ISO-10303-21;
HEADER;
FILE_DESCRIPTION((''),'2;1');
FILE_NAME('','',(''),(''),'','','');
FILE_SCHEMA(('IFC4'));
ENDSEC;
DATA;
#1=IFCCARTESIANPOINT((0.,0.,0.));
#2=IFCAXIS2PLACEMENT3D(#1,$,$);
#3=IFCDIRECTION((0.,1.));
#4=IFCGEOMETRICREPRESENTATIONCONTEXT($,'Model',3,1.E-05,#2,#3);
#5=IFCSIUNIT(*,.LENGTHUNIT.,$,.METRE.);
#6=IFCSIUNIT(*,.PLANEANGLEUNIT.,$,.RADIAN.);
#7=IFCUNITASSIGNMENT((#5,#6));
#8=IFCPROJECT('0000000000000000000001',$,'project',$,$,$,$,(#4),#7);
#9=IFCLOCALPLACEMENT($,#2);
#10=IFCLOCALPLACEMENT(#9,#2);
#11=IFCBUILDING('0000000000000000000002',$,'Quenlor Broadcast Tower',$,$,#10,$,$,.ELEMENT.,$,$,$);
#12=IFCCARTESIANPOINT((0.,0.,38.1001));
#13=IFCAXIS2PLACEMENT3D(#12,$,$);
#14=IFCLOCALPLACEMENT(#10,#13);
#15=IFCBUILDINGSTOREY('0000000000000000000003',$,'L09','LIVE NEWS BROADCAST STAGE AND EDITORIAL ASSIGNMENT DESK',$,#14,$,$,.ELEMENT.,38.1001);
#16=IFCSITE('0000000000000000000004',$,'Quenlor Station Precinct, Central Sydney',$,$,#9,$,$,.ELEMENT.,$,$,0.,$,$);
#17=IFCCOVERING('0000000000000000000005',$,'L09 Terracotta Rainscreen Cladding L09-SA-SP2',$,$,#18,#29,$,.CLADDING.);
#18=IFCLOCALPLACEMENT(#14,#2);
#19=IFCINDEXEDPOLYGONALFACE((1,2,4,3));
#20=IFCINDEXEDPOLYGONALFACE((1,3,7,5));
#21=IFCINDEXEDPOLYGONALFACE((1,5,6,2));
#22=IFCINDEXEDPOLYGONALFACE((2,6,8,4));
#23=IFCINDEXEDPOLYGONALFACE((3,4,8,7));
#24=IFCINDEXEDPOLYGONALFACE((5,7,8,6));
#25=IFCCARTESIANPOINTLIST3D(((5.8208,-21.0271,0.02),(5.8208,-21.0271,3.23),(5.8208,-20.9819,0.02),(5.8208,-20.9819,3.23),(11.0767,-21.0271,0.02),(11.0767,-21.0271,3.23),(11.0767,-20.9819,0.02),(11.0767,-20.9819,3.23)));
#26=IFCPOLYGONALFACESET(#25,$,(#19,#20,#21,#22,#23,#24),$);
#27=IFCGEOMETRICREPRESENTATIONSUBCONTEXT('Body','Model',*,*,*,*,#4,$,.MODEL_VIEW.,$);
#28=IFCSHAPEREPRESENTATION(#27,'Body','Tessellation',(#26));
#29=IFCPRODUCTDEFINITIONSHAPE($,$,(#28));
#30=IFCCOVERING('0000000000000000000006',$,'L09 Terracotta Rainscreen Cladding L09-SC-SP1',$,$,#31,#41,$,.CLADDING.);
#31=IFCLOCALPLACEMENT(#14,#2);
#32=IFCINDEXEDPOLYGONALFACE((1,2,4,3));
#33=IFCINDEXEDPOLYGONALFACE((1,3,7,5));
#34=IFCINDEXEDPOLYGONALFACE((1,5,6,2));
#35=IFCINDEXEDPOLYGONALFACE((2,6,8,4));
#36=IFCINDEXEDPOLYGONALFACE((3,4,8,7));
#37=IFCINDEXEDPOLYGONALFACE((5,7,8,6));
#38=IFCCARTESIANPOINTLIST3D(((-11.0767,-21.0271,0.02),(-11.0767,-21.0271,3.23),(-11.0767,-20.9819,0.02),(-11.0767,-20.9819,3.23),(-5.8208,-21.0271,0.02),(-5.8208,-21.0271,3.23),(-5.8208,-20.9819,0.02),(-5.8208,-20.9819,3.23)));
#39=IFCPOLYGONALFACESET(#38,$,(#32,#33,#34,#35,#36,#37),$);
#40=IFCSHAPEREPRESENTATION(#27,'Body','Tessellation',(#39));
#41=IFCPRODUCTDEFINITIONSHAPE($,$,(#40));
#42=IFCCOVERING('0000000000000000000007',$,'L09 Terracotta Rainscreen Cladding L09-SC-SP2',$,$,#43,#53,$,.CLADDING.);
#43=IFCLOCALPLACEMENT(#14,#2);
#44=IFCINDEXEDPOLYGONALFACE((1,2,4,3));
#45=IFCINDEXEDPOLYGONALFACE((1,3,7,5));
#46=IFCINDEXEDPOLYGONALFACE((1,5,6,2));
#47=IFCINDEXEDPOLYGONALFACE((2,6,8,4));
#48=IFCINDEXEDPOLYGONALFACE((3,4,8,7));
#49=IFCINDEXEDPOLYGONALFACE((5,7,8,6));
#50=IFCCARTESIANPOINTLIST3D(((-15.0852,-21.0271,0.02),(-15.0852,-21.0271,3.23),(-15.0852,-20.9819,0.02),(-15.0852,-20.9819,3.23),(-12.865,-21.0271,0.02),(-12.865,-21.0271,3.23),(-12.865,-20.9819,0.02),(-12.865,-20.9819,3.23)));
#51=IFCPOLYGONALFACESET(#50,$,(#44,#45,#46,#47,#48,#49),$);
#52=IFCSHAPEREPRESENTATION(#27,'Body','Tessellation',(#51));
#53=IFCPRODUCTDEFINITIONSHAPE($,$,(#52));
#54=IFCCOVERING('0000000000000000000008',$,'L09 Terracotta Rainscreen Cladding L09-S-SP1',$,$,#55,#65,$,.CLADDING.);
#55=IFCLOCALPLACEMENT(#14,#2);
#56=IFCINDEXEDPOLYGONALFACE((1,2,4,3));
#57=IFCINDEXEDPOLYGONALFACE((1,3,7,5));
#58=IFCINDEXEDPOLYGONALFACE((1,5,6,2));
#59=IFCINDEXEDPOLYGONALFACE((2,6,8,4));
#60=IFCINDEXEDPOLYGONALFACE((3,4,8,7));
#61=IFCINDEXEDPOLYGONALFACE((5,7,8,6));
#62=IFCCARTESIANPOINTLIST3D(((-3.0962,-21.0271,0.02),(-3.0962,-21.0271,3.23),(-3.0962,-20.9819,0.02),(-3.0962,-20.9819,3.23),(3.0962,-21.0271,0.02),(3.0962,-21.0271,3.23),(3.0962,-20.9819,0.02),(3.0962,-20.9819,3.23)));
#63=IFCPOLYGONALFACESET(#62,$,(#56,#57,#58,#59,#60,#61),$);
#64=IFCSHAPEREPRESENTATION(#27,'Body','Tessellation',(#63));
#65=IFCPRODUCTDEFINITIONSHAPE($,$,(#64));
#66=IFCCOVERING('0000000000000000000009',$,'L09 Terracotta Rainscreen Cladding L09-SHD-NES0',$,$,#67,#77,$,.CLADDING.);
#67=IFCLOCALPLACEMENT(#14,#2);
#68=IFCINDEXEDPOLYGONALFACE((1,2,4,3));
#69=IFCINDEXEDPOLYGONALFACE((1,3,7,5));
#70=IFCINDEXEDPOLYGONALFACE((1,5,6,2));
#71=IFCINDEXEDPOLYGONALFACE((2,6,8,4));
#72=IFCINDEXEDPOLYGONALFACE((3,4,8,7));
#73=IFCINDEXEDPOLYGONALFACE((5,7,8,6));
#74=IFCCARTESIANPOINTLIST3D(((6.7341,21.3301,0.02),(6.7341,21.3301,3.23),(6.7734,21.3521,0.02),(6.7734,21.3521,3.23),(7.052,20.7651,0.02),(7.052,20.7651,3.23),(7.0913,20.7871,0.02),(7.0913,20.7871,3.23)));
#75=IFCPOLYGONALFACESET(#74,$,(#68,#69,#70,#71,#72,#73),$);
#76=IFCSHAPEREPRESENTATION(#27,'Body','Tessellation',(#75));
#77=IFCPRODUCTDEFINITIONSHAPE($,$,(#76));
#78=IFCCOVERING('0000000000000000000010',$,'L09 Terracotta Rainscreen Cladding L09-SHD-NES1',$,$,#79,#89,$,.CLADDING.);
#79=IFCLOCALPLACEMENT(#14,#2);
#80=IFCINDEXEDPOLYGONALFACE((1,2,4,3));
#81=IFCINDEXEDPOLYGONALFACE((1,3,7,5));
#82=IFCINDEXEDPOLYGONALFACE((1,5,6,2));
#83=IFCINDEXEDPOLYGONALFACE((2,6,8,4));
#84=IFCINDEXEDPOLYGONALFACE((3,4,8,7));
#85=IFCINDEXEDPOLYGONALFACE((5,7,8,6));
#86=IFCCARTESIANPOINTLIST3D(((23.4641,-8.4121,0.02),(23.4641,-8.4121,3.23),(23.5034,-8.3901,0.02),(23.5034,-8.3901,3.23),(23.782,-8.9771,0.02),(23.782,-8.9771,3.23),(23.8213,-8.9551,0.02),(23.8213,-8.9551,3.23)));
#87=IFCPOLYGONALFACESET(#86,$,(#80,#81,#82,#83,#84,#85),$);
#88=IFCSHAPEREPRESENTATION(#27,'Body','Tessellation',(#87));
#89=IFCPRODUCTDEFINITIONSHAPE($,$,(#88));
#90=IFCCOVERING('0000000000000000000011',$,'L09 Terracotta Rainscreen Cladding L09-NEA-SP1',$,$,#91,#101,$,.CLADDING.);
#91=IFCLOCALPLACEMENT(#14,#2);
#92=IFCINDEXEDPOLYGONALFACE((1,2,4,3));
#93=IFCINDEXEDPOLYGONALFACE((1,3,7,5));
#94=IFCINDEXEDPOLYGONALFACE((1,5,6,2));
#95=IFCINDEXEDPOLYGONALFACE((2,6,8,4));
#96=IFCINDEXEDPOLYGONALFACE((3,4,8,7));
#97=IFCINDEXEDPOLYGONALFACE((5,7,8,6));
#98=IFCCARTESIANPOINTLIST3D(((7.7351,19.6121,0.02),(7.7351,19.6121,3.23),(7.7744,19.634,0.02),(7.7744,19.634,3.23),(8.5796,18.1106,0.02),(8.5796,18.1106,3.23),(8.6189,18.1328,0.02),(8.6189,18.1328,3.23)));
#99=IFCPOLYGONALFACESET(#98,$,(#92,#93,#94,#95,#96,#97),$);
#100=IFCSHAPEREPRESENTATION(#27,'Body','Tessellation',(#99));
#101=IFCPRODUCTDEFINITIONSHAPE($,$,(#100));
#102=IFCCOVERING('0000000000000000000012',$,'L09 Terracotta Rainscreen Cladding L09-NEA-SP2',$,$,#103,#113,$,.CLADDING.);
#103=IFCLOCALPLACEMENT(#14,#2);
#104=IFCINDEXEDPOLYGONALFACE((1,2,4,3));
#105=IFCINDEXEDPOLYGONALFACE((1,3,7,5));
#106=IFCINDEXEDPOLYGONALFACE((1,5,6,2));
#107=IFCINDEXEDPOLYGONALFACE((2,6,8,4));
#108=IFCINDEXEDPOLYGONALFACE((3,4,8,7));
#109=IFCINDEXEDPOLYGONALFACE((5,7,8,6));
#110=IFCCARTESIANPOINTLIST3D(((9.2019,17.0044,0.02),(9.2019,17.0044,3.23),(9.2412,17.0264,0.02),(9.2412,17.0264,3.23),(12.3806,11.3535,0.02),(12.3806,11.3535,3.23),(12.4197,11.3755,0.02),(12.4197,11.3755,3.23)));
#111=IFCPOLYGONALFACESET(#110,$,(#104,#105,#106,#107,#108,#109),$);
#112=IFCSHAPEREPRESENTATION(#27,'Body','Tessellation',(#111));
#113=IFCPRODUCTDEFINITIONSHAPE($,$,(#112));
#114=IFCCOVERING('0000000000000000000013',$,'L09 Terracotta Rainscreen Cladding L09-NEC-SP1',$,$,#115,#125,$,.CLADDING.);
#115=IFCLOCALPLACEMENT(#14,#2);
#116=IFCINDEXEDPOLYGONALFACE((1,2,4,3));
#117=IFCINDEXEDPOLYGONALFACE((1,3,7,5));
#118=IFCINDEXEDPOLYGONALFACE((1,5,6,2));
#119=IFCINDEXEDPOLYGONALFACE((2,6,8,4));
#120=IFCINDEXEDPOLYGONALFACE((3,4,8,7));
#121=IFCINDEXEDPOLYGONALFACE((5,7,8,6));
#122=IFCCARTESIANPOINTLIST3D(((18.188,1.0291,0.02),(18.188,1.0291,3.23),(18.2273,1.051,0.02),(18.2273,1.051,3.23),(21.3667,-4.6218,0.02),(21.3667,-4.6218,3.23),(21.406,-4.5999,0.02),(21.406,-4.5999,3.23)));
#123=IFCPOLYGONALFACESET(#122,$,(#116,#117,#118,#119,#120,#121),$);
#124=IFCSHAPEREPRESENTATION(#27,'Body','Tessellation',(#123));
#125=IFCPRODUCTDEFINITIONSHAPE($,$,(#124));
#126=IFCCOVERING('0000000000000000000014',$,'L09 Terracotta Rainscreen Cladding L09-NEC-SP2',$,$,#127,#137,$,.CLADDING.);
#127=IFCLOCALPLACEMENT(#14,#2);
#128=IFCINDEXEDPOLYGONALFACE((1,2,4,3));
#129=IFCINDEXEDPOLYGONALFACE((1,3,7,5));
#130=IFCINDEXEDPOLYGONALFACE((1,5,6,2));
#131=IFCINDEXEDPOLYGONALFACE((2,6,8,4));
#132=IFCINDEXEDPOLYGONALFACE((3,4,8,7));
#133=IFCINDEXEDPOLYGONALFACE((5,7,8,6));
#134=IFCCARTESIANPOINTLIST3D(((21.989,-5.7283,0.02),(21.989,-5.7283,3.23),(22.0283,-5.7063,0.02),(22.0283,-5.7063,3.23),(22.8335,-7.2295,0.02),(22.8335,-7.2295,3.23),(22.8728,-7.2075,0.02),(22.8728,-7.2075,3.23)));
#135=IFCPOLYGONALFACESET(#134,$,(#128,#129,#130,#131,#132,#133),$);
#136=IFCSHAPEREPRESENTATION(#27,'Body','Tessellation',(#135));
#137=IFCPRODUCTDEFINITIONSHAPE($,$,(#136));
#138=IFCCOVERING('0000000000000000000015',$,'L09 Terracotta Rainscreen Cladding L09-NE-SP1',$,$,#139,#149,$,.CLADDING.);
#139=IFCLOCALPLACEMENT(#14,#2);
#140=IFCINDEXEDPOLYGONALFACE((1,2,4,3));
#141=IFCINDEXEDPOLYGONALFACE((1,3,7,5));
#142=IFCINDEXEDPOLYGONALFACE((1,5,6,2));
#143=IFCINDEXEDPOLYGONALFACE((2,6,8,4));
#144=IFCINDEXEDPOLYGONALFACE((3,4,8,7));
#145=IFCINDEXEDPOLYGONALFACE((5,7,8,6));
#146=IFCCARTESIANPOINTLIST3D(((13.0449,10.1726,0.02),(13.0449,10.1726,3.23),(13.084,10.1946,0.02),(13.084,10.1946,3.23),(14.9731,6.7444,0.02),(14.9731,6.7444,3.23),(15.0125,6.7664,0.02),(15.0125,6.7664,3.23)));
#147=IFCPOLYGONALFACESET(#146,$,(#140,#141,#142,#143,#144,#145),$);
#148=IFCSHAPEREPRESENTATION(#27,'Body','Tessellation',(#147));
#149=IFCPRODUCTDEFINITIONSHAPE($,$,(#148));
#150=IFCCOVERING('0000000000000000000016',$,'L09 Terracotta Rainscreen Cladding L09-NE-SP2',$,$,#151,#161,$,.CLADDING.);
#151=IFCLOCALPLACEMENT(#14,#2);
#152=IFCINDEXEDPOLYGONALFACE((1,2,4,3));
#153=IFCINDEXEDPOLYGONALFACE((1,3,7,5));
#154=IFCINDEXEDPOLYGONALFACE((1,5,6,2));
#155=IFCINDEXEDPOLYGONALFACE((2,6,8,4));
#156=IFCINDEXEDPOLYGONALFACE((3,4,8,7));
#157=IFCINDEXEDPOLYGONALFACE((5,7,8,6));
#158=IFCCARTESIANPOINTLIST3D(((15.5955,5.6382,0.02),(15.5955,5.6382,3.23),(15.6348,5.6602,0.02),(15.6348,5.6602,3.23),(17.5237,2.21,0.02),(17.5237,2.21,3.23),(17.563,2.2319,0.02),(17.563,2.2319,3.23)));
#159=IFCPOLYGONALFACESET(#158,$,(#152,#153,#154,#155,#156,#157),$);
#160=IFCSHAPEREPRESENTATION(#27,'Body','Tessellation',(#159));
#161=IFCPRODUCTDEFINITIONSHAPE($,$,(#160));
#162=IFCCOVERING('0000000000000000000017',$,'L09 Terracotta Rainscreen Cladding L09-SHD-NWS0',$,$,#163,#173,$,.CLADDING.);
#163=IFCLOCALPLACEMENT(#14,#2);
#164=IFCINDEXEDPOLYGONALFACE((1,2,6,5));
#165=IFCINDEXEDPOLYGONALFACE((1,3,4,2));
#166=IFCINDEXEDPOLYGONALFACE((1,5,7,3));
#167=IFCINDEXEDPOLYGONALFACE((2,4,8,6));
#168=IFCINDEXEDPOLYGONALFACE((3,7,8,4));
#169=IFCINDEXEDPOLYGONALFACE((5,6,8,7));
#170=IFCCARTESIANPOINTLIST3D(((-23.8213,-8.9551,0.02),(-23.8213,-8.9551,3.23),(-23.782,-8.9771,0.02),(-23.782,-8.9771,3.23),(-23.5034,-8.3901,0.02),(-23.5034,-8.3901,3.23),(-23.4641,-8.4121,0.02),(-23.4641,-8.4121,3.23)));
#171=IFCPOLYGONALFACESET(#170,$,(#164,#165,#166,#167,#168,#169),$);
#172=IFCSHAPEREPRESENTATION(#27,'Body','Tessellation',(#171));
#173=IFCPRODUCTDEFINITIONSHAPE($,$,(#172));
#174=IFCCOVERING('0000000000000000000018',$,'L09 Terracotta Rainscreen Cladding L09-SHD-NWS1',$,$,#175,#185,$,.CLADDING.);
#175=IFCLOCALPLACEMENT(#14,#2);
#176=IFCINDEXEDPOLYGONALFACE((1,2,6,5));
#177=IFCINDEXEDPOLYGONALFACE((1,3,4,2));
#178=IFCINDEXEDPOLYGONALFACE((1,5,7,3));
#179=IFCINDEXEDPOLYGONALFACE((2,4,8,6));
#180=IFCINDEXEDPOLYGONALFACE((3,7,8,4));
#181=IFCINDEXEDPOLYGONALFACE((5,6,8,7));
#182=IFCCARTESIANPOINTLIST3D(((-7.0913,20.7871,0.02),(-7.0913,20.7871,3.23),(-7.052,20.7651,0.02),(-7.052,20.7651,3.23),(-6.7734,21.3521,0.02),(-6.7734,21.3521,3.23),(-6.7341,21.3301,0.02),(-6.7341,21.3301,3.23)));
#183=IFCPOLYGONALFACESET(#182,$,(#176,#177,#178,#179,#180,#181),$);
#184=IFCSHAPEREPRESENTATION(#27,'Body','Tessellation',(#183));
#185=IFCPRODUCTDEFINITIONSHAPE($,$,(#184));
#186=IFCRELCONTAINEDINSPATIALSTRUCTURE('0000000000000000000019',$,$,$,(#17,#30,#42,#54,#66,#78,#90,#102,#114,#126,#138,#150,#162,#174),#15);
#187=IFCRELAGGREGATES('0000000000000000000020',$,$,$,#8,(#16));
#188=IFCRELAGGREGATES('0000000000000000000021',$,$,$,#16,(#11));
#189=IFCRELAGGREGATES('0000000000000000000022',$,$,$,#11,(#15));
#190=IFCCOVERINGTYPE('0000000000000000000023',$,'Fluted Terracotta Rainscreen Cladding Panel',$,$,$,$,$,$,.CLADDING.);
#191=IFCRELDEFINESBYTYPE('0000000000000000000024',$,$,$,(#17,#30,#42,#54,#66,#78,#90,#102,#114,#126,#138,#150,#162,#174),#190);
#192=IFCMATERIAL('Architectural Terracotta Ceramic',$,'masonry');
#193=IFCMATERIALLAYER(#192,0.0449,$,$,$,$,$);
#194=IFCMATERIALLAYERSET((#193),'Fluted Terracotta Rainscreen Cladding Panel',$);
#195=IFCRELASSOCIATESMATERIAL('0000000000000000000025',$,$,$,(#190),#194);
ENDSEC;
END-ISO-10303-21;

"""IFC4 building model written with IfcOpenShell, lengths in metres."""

from ifc_helpers import new_model, si_unit, direction, frame, origin, place, context, subcontext, project, spatial, polyline, outline, extrude, material, layer, layer_set, type_object, element, save


model = new_model("IFC4")

# Units and contexts
model_context = context("Model", 3, precision=1e-05, world=origin(), true_north=direction((0.0, 1.0)))
body_context = subcontext(model_context, "Body", "Model", "MODEL_VIEW")
ifc_project = project(units=[si_unit("LENGTHUNIT", "METRE"), si_unit("PLANEANGLEUNIT", "RADIAN")], contexts=[model_context])

# Site, building, storey
site_placement = place(None, origin())
site = spatial("IfcSite", under=ifc_project, at=site_placement, Name="Quenlor Station Precinct, Central Sydney", CompositionType="ELEMENT", RefElevation=0.0)
building_placement = place(site_placement, origin())
building = spatial("IfcBuilding", under=site, at=building_placement, Name="Quenlor Broadcast Tower", CompositionType="ELEMENT")
storey_placement = place(building_placement, frame((0.0, 0.0, 38.1001)))
storey = spatial("IfcBuildingStorey", under=building, at=storey_placement, Name="L09", Description="LIVE NEWS BROADCAST STAGE AND EDITORIAL ASSIGNMENT DESK", CompositionType="ELEMENT", Elevation=38.1001)

# Coverings
ifc_material_1 = material(Name="Architectural Terracotta Ceramic", Category="masonry")
ifc_layer_1 = layer(ifc_material_1, 0.0449)
ifc_layer_set_1 = layer_set([ifc_layer_1], Name="Fluted Terracotta Rainscreen Cladding Panel")
covering_type = type_object("IfcCoveringType", Name="Fluted Terracotta Rainscreen Cladding Panel", PredefinedType="CLADDING", material=ifc_layer_set_1)
covering_1_placement = place(storey_placement, frame((0.0, 0.0, 0.02)))
element("IfcCovering", 1, at=covering_1_placement, inside=storey, type_object=covering_type, Name="L09 Terracotta Rainscreen Cladding L09-SA-SP2", PredefinedType="CLADDING", context=body_context, shape_type="SweptSolid", body=[
    extrude(outline(polyline([(11.0767, -20.9819), (5.8208, -20.9819), (5.8208, -21.0271), (11.0767, -21.0271), (11.0767, -20.9819)])), origin(), (0.0, 0.0, 1.0), 3.21),
])
covering_2_placement = place(storey_placement, frame((0.0, 0.0, 0.02)))
element("IfcCovering", 2, at=covering_2_placement, inside=storey, type_object=covering_type, Name="L09 Terracotta Rainscreen Cladding L09-SC-SP1", PredefinedType="CLADDING", context=body_context, shape_type="SweptSolid", body=[
    extrude(outline(polyline([(-5.8208, -20.9819), (-11.0767, -20.9819), (-11.0767, -21.0271), (-5.8208, -21.0271), (-5.8208, -20.9819)])), origin(), (0.0, 0.0, 1.0), 3.21),
])
covering_3_placement = place(storey_placement, frame((0.0, 0.0, 0.02)))
element("IfcCovering", 3, at=covering_3_placement, inside=storey, type_object=covering_type, Name="L09 Terracotta Rainscreen Cladding L09-SC-SP2", PredefinedType="CLADDING", context=body_context, shape_type="SweptSolid", body=[
    extrude(outline(polyline([(-12.865, -20.9819), (-15.0852, -20.9819), (-15.0852, -21.0271), (-12.865, -21.0271), (-12.865, -20.9819)])), origin(), (0.0, 0.0, 1.0), 3.21),
])
covering_4_placement = place(storey_placement, frame((0.0, 0.0, 0.02)))
element("IfcCovering", 4, at=covering_4_placement, inside=storey, type_object=covering_type, Name="L09 Terracotta Rainscreen Cladding L09-S-SP1", PredefinedType="CLADDING", context=body_context, shape_type="SweptSolid", body=[
    extrude(outline(polyline([(3.0962, -20.9819), (-3.0962, -20.9819), (-3.0962, -21.0271), (3.0962, -21.0271), (3.0962, -20.9819)])), origin(), (0.0, 0.0, 1.0), 3.21),
])
covering_5_placement = place(storey_placement, frame((0.0, 0.0, 0.02)))
element("IfcCovering", 5, at=covering_5_placement, inside=storey, type_object=covering_type, Name="L09 Terracotta Rainscreen Cladding L09-SHD-NES0", PredefinedType="CLADDING", context=body_context, shape_type="SweptSolid", body=[
    extrude(outline(polyline([(6.7341, 21.3301), (7.052, 20.7651), (7.0913, 20.7871), (6.7734, 21.3521), (6.7341, 21.3301)])), origin(), (0.0, 0.0, 1.0), 3.21),
])
covering_6_placement = place(storey_placement, frame((0.0, 0.0, 0.02)))
element("IfcCovering", 6, at=covering_6_placement, inside=storey, type_object=covering_type, Name="L09 Terracotta Rainscreen Cladding L09-SHD-NES1", PredefinedType="CLADDING", context=body_context, shape_type="SweptSolid", body=[
    extrude(outline(polyline([(23.4641, -8.4121), (23.782, -8.9771), (23.8213, -8.9551), (23.5034, -8.3901), (23.4641, -8.4121)])), origin(), (0.0, 0.0, 1.0), 3.21),
])
covering_7_placement = place(storey_placement, frame((0.0, 0.0, 0.02)))
element("IfcCovering", 7, at=covering_7_placement, inside=storey, type_object=covering_type, Name="L09 Terracotta Rainscreen Cladding L09-NEA-SP1", PredefinedType="CLADDING", context=body_context, shape_type="SweptSolid", body=[
    extrude(outline(polyline([(7.7351, 19.6121), (8.5796, 18.1106), (8.6189, 18.1328), (7.7744, 19.634), (7.7351, 19.6121)])), origin(), (0.0, 0.0, 1.0), 3.21),
])
covering_8_placement = place(storey_placement, frame((0.0, 0.0, 0.02)))
element("IfcCovering", 8, at=covering_8_placement, inside=storey, type_object=covering_type, Name="L09 Terracotta Rainscreen Cladding L09-NEA-SP2", PredefinedType="CLADDING", context=body_context, shape_type="SweptSolid", body=[
    extrude(outline(polyline([(9.2019, 17.0044), (12.3806, 11.3535), (12.4197, 11.3755), (9.2412, 17.0264), (9.2019, 17.0044)])), origin(), (0.0, 0.0, 1.0), 3.21),
])
covering_9_placement = place(storey_placement, frame((0.0, 0.0, 0.02)))
element("IfcCovering", 9, at=covering_9_placement, inside=storey, type_object=covering_type, Name="L09 Terracotta Rainscreen Cladding L09-NEC-SP1", PredefinedType="CLADDING", context=body_context, shape_type="SweptSolid", body=[
    extrude(outline(polyline([(18.188, 1.0291), (21.3667, -4.6218), (21.406, -4.5999), (18.2273, 1.051), (18.188, 1.0291)])), origin(), (0.0, 0.0, 1.0), 3.21),
])
covering_10_placement = place(storey_placement, frame((0.0, 0.0, 0.02)))
element("IfcCovering", 10, at=covering_10_placement, inside=storey, type_object=covering_type, Name="L09 Terracotta Rainscreen Cladding L09-NEC-SP2", PredefinedType="CLADDING", context=body_context, shape_type="SweptSolid", body=[
    extrude(outline(polyline([(21.989, -5.7283), (22.8335, -7.2295), (22.8728, -7.2075), (22.0283, -5.7063), (21.989, -5.7283)])), origin(), (0.0, 0.0, 1.0), 3.21),
])
covering_11_placement = place(storey_placement, frame((0.0, 0.0, 0.02)))
element("IfcCovering", 11, at=covering_11_placement, inside=storey, type_object=covering_type, Name="L09 Terracotta Rainscreen Cladding L09-NE-SP1", PredefinedType="CLADDING", context=body_context, shape_type="SweptSolid", body=[
    extrude(outline(polyline([(13.0449, 10.1726), (14.9731, 6.7444), (15.0125, 6.7664), (13.084, 10.1946), (13.0449, 10.1726)])), origin(), (0.0, 0.0, 1.0), 3.21),
])
covering_12_placement = place(storey_placement, frame((0.0, 0.0, 0.02)))
element("IfcCovering", 12, at=covering_12_placement, inside=storey, type_object=covering_type, Name="L09 Terracotta Rainscreen Cladding L09-NE-SP2", PredefinedType="CLADDING", context=body_context, shape_type="SweptSolid", body=[
    extrude(outline(polyline([(15.5955, 5.6382), (17.5237, 2.21), (17.563, 2.2319), (15.6348, 5.6602), (15.5955, 5.6382)])), origin(), (0.0, 0.0, 1.0), 3.21),
])
covering_13_placement = place(storey_placement, frame((0.0, 0.0, 0.02)))
element("IfcCovering", 13, at=covering_13_placement, inside=storey, type_object=covering_type, Name="L09 Terracotta Rainscreen Cladding L09-SHD-NWS0", PredefinedType="CLADDING", context=body_context, shape_type="SweptSolid", body=[
    extrude(outline(polyline([(-23.782, -8.9771), (-23.4641, -8.4121), (-23.5034, -8.3901), (-23.8213, -8.9551), (-23.782, -8.9771)])), origin(), (0.0, 0.0, 1.0), 3.21),
])
covering_14_placement = place(storey_placement, frame((0.0, 0.0, 0.02)))
element("IfcCovering", 14, at=covering_14_placement, inside=storey, type_object=covering_type, Name="L09 Terracotta Rainscreen Cladding L09-SHD-NWS1", PredefinedType="CLADDING", context=body_context, shape_type="SweptSolid", body=[
    extrude(outline(polyline([(-7.052, 20.7651), (-6.7341, 21.3301), (-6.7734, 21.3521), (-7.0913, 20.7871), (-7.052, 20.7651)])), origin(), (0.0, 0.0, 1.0), 3.21),
])

save(model, "model.ifc")
